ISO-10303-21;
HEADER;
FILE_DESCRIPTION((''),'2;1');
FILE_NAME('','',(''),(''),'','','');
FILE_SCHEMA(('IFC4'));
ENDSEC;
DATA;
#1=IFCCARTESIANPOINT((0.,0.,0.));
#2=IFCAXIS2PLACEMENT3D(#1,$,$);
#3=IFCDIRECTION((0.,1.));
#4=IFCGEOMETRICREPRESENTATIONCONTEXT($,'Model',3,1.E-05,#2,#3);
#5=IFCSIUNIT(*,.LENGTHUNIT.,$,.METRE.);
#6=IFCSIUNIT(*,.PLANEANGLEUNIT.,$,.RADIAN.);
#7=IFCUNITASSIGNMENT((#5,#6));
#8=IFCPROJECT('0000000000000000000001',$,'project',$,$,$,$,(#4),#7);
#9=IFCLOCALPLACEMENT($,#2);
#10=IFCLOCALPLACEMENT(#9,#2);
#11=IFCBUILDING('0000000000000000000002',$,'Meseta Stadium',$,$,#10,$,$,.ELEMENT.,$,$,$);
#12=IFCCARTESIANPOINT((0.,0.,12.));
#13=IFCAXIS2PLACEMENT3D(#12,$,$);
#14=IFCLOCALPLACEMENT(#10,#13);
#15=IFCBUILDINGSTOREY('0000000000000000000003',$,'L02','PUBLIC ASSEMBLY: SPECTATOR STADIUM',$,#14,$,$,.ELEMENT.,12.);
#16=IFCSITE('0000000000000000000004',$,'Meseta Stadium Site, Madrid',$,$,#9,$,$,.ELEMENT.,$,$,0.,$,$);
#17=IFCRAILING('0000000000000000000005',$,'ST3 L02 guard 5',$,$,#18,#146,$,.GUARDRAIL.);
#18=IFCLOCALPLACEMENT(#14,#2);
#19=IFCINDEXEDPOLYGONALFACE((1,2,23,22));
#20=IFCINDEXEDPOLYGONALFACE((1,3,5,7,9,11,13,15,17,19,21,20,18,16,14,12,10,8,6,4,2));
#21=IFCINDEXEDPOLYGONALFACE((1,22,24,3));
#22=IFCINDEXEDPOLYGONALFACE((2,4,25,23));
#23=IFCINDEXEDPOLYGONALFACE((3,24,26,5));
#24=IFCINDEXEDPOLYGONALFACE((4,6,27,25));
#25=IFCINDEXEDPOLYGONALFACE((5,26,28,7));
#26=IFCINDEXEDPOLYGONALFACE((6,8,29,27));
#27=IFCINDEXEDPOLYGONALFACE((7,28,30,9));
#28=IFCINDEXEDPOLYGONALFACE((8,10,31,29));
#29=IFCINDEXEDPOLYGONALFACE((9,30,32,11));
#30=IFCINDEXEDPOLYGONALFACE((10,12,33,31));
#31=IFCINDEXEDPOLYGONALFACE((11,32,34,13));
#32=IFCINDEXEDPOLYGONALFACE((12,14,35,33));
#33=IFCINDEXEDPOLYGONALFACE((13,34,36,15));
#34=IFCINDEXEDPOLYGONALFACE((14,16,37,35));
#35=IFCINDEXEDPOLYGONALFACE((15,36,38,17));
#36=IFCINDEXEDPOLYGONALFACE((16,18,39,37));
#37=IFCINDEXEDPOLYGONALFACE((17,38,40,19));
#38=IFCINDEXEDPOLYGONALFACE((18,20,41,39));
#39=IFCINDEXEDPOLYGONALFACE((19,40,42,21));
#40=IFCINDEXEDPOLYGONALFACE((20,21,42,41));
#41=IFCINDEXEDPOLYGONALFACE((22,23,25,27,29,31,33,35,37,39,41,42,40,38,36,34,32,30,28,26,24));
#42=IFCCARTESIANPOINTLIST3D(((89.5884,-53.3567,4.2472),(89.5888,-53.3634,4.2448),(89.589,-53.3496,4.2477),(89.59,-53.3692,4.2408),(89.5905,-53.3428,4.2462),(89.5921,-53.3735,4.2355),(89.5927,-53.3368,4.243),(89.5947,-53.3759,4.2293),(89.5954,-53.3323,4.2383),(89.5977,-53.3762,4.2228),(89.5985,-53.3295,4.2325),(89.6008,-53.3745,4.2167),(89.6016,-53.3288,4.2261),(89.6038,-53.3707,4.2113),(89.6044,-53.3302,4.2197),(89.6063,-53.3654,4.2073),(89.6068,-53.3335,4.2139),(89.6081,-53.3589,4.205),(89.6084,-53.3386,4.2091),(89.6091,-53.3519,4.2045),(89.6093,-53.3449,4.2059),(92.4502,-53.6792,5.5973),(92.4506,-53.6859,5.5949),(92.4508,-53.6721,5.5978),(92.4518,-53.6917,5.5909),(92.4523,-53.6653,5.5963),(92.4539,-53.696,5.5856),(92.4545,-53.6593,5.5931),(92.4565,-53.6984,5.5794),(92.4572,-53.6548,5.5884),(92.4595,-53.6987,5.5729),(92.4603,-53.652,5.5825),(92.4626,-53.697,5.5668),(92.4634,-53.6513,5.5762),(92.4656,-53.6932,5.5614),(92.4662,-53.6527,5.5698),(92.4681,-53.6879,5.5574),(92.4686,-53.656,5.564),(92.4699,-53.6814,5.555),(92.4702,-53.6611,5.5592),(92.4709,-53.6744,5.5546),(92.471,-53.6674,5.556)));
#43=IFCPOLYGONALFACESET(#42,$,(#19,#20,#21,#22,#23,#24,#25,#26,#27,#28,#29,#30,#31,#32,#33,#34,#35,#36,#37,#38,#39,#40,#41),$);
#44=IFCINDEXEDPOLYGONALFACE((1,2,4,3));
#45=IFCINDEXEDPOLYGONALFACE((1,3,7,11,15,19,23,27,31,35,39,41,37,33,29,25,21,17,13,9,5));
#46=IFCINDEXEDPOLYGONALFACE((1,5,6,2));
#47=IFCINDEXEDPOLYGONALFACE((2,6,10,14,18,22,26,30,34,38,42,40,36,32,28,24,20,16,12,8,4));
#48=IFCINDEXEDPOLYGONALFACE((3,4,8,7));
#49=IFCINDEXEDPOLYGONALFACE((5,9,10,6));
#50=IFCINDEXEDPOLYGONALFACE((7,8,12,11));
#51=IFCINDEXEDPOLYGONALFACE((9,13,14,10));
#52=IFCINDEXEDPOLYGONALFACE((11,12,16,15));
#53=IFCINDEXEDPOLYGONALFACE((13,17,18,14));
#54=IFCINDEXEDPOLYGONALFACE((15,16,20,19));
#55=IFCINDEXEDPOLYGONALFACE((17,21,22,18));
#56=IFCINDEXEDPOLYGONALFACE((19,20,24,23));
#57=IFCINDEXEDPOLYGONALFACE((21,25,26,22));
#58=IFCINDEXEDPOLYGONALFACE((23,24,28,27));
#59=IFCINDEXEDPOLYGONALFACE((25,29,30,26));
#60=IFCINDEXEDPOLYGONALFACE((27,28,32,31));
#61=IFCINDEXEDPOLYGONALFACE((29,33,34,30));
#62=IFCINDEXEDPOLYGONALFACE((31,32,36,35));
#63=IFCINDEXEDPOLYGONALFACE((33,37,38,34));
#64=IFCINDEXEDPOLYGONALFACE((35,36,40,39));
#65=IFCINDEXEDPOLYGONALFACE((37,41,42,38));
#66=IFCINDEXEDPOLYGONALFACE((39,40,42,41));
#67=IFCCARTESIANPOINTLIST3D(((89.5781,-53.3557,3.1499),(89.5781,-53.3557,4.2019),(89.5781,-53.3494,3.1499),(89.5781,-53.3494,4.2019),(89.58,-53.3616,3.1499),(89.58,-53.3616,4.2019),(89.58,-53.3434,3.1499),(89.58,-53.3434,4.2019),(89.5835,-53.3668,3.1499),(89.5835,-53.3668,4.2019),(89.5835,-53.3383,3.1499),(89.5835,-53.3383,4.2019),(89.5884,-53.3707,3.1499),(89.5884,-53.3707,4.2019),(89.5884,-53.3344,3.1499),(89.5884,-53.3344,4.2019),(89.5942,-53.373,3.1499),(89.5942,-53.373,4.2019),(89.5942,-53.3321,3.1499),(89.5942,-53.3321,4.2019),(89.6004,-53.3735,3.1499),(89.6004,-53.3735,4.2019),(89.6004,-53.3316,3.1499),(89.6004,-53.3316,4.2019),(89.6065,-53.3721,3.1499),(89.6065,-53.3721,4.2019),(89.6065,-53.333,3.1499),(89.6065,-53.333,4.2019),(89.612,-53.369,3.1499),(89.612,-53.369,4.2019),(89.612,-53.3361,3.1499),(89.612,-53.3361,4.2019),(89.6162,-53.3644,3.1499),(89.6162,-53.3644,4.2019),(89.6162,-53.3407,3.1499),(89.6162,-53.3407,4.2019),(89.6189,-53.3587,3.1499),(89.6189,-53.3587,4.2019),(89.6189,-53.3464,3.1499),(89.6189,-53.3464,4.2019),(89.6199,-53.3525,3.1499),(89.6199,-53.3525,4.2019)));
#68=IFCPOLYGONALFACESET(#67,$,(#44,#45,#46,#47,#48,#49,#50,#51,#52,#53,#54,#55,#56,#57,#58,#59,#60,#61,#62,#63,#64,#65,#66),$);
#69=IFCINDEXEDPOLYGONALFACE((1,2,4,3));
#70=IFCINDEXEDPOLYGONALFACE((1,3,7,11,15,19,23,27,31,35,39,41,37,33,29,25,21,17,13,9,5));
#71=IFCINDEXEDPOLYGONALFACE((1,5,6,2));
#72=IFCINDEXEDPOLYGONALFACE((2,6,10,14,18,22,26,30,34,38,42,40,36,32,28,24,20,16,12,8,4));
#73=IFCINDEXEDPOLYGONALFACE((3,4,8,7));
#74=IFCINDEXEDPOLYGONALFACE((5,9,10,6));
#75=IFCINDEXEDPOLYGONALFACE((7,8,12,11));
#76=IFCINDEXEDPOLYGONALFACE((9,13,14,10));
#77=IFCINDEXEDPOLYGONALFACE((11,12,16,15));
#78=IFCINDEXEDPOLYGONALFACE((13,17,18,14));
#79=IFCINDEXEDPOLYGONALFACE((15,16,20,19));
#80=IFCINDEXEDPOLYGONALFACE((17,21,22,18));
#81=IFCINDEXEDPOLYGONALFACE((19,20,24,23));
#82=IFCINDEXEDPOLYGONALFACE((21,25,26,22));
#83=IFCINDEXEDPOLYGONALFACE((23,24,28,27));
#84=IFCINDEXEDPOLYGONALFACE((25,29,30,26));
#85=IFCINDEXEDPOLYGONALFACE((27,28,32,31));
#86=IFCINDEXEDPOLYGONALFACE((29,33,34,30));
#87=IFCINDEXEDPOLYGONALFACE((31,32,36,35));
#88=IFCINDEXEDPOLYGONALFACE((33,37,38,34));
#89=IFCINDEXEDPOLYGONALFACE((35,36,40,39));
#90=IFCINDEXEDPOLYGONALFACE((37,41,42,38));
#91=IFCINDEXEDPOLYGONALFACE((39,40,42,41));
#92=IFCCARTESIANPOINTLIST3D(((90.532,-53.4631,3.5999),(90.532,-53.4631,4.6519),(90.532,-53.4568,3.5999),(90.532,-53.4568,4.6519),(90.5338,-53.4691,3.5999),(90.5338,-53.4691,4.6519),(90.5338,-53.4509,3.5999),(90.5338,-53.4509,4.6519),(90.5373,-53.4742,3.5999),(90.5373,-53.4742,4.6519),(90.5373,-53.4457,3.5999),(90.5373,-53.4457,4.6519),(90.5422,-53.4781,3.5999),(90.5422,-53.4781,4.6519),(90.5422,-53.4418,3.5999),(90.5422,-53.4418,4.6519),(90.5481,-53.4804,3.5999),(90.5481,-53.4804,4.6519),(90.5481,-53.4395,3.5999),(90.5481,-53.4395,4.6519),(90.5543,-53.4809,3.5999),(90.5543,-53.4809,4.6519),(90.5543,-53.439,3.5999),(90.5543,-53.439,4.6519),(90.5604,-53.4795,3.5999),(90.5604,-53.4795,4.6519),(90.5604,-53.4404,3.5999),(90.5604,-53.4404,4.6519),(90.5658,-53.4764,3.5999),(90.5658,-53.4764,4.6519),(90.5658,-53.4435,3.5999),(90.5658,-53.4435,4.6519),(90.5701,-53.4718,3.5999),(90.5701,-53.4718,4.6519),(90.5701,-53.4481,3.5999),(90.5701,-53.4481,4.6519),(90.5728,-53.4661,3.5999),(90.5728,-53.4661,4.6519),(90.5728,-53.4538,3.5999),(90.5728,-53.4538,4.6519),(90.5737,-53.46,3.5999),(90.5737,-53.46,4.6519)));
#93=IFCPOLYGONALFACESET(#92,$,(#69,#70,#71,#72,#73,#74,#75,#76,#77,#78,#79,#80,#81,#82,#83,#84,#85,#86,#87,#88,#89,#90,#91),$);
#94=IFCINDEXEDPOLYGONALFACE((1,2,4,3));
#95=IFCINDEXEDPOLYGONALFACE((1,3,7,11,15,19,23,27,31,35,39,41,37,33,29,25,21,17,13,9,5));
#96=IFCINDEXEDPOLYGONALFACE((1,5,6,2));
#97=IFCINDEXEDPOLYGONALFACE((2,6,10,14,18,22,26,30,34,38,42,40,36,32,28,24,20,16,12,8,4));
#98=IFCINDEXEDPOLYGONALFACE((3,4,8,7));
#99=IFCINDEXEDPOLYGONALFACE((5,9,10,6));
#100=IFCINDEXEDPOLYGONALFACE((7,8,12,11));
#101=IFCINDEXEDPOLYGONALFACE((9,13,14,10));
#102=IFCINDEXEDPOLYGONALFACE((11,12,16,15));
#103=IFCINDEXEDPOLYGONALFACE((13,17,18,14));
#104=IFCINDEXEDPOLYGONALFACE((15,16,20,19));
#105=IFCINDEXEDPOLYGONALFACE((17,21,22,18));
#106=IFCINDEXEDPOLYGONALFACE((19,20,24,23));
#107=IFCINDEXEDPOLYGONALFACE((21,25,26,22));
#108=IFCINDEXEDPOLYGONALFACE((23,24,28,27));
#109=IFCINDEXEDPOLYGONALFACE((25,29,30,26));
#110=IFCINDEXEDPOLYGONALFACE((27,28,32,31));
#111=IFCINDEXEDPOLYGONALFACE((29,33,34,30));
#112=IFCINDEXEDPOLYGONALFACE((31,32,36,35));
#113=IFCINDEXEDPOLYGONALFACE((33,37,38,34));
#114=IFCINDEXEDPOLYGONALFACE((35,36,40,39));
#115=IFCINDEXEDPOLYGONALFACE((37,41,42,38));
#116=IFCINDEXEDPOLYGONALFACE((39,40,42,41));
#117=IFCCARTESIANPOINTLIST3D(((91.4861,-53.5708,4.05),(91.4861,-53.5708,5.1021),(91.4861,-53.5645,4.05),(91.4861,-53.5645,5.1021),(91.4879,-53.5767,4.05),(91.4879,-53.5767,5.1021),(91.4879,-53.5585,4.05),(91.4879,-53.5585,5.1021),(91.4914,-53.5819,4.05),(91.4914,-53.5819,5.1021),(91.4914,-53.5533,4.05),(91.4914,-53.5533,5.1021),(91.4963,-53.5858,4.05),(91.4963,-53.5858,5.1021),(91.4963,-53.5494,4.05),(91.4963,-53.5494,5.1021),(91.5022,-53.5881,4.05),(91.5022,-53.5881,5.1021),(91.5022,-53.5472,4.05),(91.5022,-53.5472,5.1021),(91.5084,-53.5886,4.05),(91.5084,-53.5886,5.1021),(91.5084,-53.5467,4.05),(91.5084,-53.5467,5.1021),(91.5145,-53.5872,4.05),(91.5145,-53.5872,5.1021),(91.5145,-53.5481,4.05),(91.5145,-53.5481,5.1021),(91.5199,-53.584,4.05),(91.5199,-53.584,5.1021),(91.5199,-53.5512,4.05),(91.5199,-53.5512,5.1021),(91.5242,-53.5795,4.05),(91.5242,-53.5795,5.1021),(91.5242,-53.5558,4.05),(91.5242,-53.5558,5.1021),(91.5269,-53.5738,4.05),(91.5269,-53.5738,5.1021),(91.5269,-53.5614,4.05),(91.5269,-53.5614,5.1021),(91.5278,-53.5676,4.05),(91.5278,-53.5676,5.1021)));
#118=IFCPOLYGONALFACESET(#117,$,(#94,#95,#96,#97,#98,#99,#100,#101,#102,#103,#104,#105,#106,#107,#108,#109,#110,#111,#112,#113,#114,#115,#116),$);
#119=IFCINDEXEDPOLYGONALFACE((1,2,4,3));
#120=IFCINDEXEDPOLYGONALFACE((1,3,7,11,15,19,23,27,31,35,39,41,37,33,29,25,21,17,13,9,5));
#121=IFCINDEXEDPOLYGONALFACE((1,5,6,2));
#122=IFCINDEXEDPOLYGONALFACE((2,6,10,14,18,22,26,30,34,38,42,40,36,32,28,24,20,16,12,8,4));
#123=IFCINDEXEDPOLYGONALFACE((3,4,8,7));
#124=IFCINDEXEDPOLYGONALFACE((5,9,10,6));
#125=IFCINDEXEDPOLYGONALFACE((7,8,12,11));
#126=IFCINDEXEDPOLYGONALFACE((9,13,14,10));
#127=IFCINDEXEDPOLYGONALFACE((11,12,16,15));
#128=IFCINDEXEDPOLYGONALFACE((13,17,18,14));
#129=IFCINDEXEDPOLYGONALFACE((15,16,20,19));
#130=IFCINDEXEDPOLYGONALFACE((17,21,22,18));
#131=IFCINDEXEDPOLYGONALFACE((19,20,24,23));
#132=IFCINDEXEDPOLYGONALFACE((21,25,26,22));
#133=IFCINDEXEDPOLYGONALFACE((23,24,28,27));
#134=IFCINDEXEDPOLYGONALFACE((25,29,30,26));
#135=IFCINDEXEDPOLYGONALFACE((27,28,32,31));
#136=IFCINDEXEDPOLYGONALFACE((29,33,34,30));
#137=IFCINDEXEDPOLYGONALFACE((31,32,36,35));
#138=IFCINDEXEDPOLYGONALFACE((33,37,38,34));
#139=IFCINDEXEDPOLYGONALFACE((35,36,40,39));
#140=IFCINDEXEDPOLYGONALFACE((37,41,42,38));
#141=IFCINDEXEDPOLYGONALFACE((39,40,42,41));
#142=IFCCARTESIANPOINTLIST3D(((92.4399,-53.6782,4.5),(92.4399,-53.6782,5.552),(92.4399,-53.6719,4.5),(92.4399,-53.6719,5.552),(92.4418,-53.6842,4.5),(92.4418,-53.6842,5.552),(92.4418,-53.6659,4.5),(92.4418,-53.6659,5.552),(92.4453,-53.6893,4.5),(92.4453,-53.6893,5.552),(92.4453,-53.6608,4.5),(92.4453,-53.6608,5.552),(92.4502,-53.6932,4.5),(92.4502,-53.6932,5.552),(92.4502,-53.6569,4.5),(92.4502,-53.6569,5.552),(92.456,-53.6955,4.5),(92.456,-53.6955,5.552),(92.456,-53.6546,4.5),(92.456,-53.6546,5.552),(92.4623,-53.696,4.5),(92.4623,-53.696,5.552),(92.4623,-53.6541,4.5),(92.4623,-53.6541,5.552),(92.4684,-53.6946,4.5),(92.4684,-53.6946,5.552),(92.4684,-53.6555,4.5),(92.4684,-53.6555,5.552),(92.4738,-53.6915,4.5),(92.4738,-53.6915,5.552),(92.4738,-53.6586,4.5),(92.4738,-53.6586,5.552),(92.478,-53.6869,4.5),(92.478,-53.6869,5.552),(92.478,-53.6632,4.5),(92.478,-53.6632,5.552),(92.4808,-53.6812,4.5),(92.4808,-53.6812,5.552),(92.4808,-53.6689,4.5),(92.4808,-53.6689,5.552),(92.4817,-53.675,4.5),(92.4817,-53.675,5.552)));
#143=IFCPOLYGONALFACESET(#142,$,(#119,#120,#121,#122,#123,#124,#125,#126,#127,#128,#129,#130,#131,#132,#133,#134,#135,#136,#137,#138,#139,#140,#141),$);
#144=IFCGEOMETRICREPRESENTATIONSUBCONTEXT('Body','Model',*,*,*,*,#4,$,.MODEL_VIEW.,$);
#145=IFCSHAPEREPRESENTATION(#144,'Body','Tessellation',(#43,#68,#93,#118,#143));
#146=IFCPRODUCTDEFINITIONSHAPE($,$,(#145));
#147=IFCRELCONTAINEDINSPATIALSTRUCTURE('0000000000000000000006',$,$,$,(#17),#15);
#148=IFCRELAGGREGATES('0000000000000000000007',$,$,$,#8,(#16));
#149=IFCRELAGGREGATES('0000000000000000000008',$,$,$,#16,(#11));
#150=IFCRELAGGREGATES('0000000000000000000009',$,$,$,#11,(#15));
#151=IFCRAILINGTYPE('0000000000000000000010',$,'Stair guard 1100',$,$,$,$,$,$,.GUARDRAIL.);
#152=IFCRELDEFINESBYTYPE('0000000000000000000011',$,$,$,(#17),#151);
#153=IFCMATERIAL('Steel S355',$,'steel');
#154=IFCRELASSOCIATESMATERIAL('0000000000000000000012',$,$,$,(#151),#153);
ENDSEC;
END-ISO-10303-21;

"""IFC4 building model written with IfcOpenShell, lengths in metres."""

from ifc_helpers import new_model, si_unit, direction, frame, origin, origin_2d, place, context, subcontext, project, spatial, circle, extrude, material, type_object, element, save


model = new_model("IFC4")

# Units and contexts
model_context = context("Model", 3, precision=1e-05, world=origin(), true_north=direction((0.0, 1.0)))
body_context = subcontext(model_context, "Body", "Model", "MODEL_VIEW")
ifc_project = project(units=[si_unit("LENGTHUNIT", "METRE"), si_unit("PLANEANGLEUNIT", "RADIAN")], contexts=[model_context])

# Site, building, storey
site_placement = place(None, origin())
site = spatial("IfcSite", under=ifc_project, at=site_placement, Name="Meseta Stadium Site, Madrid", CompositionType="ELEMENT", RefElevation=0.0)
building_placement = place(site_placement, origin())
building = spatial("IfcBuilding", under=site, at=building_placement, Name="Meseta Stadium", CompositionType="ELEMENT")
storey_placement = place(building_placement, frame((0.0, 0.0, 12.0)))
storey = spatial("IfcBuildingStorey", under=building, at=storey_placement, Name="L02", Description="PUBLIC ASSEMBLY: SPECTATOR STADIUM", CompositionType="ELEMENT", Elevation=12.0)

# Railing
ifc_material_1 = material(Name="Steel S355", Category="steel")
railing_type_1 = type_object("IfcRailingType", Name="Stair guard 1100", PredefinedType="GUARDRAIL", material=ifc_material_1)
railing_1_placement = place(storey_placement, frame((89.5989, -53.3525, 3.1499)))
element("IfcRailing", 1, at=railing_1_placement, inside=storey, type_object=railing_type_1, Name="ST3 L02 guard 5", PredefinedType="GUARDRAIL", context=body_context, shape_type="SweptSolid", body=[
    extrude(circle(Radius=0.0239, at=origin_2d()), frame((0.0, 0.0, 1.0762), z_axis=(0.899748, -0.101396, 0.424467), x_axis=(0.111985, 0.99371, 0.0)), (0.0, 0.0, 1.0), 3.1807),
    extrude(circle(Radius=0.021, at=origin_2d()), origin(), (0.0, 0.0, 1.0), 1.052),
    extrude(circle(Radius=0.021, at=origin_2d()), frame((0.9539, -0.1074, 0.45)), (0.0, 0.0, 1.0), 1.052),
    extrude(circle(Radius=0.021, at=origin_2d()), frame((1.908, -0.2151, 0.9001)), (0.0, 0.0, 1.0), 1.052),
    extrude(circle(Radius=0.021, at=origin_2d()), frame((2.8618, -0.3225, 1.3501)), (0.0, 0.0, 1.0), 1.052),
])

save(model, "model.ifc")
